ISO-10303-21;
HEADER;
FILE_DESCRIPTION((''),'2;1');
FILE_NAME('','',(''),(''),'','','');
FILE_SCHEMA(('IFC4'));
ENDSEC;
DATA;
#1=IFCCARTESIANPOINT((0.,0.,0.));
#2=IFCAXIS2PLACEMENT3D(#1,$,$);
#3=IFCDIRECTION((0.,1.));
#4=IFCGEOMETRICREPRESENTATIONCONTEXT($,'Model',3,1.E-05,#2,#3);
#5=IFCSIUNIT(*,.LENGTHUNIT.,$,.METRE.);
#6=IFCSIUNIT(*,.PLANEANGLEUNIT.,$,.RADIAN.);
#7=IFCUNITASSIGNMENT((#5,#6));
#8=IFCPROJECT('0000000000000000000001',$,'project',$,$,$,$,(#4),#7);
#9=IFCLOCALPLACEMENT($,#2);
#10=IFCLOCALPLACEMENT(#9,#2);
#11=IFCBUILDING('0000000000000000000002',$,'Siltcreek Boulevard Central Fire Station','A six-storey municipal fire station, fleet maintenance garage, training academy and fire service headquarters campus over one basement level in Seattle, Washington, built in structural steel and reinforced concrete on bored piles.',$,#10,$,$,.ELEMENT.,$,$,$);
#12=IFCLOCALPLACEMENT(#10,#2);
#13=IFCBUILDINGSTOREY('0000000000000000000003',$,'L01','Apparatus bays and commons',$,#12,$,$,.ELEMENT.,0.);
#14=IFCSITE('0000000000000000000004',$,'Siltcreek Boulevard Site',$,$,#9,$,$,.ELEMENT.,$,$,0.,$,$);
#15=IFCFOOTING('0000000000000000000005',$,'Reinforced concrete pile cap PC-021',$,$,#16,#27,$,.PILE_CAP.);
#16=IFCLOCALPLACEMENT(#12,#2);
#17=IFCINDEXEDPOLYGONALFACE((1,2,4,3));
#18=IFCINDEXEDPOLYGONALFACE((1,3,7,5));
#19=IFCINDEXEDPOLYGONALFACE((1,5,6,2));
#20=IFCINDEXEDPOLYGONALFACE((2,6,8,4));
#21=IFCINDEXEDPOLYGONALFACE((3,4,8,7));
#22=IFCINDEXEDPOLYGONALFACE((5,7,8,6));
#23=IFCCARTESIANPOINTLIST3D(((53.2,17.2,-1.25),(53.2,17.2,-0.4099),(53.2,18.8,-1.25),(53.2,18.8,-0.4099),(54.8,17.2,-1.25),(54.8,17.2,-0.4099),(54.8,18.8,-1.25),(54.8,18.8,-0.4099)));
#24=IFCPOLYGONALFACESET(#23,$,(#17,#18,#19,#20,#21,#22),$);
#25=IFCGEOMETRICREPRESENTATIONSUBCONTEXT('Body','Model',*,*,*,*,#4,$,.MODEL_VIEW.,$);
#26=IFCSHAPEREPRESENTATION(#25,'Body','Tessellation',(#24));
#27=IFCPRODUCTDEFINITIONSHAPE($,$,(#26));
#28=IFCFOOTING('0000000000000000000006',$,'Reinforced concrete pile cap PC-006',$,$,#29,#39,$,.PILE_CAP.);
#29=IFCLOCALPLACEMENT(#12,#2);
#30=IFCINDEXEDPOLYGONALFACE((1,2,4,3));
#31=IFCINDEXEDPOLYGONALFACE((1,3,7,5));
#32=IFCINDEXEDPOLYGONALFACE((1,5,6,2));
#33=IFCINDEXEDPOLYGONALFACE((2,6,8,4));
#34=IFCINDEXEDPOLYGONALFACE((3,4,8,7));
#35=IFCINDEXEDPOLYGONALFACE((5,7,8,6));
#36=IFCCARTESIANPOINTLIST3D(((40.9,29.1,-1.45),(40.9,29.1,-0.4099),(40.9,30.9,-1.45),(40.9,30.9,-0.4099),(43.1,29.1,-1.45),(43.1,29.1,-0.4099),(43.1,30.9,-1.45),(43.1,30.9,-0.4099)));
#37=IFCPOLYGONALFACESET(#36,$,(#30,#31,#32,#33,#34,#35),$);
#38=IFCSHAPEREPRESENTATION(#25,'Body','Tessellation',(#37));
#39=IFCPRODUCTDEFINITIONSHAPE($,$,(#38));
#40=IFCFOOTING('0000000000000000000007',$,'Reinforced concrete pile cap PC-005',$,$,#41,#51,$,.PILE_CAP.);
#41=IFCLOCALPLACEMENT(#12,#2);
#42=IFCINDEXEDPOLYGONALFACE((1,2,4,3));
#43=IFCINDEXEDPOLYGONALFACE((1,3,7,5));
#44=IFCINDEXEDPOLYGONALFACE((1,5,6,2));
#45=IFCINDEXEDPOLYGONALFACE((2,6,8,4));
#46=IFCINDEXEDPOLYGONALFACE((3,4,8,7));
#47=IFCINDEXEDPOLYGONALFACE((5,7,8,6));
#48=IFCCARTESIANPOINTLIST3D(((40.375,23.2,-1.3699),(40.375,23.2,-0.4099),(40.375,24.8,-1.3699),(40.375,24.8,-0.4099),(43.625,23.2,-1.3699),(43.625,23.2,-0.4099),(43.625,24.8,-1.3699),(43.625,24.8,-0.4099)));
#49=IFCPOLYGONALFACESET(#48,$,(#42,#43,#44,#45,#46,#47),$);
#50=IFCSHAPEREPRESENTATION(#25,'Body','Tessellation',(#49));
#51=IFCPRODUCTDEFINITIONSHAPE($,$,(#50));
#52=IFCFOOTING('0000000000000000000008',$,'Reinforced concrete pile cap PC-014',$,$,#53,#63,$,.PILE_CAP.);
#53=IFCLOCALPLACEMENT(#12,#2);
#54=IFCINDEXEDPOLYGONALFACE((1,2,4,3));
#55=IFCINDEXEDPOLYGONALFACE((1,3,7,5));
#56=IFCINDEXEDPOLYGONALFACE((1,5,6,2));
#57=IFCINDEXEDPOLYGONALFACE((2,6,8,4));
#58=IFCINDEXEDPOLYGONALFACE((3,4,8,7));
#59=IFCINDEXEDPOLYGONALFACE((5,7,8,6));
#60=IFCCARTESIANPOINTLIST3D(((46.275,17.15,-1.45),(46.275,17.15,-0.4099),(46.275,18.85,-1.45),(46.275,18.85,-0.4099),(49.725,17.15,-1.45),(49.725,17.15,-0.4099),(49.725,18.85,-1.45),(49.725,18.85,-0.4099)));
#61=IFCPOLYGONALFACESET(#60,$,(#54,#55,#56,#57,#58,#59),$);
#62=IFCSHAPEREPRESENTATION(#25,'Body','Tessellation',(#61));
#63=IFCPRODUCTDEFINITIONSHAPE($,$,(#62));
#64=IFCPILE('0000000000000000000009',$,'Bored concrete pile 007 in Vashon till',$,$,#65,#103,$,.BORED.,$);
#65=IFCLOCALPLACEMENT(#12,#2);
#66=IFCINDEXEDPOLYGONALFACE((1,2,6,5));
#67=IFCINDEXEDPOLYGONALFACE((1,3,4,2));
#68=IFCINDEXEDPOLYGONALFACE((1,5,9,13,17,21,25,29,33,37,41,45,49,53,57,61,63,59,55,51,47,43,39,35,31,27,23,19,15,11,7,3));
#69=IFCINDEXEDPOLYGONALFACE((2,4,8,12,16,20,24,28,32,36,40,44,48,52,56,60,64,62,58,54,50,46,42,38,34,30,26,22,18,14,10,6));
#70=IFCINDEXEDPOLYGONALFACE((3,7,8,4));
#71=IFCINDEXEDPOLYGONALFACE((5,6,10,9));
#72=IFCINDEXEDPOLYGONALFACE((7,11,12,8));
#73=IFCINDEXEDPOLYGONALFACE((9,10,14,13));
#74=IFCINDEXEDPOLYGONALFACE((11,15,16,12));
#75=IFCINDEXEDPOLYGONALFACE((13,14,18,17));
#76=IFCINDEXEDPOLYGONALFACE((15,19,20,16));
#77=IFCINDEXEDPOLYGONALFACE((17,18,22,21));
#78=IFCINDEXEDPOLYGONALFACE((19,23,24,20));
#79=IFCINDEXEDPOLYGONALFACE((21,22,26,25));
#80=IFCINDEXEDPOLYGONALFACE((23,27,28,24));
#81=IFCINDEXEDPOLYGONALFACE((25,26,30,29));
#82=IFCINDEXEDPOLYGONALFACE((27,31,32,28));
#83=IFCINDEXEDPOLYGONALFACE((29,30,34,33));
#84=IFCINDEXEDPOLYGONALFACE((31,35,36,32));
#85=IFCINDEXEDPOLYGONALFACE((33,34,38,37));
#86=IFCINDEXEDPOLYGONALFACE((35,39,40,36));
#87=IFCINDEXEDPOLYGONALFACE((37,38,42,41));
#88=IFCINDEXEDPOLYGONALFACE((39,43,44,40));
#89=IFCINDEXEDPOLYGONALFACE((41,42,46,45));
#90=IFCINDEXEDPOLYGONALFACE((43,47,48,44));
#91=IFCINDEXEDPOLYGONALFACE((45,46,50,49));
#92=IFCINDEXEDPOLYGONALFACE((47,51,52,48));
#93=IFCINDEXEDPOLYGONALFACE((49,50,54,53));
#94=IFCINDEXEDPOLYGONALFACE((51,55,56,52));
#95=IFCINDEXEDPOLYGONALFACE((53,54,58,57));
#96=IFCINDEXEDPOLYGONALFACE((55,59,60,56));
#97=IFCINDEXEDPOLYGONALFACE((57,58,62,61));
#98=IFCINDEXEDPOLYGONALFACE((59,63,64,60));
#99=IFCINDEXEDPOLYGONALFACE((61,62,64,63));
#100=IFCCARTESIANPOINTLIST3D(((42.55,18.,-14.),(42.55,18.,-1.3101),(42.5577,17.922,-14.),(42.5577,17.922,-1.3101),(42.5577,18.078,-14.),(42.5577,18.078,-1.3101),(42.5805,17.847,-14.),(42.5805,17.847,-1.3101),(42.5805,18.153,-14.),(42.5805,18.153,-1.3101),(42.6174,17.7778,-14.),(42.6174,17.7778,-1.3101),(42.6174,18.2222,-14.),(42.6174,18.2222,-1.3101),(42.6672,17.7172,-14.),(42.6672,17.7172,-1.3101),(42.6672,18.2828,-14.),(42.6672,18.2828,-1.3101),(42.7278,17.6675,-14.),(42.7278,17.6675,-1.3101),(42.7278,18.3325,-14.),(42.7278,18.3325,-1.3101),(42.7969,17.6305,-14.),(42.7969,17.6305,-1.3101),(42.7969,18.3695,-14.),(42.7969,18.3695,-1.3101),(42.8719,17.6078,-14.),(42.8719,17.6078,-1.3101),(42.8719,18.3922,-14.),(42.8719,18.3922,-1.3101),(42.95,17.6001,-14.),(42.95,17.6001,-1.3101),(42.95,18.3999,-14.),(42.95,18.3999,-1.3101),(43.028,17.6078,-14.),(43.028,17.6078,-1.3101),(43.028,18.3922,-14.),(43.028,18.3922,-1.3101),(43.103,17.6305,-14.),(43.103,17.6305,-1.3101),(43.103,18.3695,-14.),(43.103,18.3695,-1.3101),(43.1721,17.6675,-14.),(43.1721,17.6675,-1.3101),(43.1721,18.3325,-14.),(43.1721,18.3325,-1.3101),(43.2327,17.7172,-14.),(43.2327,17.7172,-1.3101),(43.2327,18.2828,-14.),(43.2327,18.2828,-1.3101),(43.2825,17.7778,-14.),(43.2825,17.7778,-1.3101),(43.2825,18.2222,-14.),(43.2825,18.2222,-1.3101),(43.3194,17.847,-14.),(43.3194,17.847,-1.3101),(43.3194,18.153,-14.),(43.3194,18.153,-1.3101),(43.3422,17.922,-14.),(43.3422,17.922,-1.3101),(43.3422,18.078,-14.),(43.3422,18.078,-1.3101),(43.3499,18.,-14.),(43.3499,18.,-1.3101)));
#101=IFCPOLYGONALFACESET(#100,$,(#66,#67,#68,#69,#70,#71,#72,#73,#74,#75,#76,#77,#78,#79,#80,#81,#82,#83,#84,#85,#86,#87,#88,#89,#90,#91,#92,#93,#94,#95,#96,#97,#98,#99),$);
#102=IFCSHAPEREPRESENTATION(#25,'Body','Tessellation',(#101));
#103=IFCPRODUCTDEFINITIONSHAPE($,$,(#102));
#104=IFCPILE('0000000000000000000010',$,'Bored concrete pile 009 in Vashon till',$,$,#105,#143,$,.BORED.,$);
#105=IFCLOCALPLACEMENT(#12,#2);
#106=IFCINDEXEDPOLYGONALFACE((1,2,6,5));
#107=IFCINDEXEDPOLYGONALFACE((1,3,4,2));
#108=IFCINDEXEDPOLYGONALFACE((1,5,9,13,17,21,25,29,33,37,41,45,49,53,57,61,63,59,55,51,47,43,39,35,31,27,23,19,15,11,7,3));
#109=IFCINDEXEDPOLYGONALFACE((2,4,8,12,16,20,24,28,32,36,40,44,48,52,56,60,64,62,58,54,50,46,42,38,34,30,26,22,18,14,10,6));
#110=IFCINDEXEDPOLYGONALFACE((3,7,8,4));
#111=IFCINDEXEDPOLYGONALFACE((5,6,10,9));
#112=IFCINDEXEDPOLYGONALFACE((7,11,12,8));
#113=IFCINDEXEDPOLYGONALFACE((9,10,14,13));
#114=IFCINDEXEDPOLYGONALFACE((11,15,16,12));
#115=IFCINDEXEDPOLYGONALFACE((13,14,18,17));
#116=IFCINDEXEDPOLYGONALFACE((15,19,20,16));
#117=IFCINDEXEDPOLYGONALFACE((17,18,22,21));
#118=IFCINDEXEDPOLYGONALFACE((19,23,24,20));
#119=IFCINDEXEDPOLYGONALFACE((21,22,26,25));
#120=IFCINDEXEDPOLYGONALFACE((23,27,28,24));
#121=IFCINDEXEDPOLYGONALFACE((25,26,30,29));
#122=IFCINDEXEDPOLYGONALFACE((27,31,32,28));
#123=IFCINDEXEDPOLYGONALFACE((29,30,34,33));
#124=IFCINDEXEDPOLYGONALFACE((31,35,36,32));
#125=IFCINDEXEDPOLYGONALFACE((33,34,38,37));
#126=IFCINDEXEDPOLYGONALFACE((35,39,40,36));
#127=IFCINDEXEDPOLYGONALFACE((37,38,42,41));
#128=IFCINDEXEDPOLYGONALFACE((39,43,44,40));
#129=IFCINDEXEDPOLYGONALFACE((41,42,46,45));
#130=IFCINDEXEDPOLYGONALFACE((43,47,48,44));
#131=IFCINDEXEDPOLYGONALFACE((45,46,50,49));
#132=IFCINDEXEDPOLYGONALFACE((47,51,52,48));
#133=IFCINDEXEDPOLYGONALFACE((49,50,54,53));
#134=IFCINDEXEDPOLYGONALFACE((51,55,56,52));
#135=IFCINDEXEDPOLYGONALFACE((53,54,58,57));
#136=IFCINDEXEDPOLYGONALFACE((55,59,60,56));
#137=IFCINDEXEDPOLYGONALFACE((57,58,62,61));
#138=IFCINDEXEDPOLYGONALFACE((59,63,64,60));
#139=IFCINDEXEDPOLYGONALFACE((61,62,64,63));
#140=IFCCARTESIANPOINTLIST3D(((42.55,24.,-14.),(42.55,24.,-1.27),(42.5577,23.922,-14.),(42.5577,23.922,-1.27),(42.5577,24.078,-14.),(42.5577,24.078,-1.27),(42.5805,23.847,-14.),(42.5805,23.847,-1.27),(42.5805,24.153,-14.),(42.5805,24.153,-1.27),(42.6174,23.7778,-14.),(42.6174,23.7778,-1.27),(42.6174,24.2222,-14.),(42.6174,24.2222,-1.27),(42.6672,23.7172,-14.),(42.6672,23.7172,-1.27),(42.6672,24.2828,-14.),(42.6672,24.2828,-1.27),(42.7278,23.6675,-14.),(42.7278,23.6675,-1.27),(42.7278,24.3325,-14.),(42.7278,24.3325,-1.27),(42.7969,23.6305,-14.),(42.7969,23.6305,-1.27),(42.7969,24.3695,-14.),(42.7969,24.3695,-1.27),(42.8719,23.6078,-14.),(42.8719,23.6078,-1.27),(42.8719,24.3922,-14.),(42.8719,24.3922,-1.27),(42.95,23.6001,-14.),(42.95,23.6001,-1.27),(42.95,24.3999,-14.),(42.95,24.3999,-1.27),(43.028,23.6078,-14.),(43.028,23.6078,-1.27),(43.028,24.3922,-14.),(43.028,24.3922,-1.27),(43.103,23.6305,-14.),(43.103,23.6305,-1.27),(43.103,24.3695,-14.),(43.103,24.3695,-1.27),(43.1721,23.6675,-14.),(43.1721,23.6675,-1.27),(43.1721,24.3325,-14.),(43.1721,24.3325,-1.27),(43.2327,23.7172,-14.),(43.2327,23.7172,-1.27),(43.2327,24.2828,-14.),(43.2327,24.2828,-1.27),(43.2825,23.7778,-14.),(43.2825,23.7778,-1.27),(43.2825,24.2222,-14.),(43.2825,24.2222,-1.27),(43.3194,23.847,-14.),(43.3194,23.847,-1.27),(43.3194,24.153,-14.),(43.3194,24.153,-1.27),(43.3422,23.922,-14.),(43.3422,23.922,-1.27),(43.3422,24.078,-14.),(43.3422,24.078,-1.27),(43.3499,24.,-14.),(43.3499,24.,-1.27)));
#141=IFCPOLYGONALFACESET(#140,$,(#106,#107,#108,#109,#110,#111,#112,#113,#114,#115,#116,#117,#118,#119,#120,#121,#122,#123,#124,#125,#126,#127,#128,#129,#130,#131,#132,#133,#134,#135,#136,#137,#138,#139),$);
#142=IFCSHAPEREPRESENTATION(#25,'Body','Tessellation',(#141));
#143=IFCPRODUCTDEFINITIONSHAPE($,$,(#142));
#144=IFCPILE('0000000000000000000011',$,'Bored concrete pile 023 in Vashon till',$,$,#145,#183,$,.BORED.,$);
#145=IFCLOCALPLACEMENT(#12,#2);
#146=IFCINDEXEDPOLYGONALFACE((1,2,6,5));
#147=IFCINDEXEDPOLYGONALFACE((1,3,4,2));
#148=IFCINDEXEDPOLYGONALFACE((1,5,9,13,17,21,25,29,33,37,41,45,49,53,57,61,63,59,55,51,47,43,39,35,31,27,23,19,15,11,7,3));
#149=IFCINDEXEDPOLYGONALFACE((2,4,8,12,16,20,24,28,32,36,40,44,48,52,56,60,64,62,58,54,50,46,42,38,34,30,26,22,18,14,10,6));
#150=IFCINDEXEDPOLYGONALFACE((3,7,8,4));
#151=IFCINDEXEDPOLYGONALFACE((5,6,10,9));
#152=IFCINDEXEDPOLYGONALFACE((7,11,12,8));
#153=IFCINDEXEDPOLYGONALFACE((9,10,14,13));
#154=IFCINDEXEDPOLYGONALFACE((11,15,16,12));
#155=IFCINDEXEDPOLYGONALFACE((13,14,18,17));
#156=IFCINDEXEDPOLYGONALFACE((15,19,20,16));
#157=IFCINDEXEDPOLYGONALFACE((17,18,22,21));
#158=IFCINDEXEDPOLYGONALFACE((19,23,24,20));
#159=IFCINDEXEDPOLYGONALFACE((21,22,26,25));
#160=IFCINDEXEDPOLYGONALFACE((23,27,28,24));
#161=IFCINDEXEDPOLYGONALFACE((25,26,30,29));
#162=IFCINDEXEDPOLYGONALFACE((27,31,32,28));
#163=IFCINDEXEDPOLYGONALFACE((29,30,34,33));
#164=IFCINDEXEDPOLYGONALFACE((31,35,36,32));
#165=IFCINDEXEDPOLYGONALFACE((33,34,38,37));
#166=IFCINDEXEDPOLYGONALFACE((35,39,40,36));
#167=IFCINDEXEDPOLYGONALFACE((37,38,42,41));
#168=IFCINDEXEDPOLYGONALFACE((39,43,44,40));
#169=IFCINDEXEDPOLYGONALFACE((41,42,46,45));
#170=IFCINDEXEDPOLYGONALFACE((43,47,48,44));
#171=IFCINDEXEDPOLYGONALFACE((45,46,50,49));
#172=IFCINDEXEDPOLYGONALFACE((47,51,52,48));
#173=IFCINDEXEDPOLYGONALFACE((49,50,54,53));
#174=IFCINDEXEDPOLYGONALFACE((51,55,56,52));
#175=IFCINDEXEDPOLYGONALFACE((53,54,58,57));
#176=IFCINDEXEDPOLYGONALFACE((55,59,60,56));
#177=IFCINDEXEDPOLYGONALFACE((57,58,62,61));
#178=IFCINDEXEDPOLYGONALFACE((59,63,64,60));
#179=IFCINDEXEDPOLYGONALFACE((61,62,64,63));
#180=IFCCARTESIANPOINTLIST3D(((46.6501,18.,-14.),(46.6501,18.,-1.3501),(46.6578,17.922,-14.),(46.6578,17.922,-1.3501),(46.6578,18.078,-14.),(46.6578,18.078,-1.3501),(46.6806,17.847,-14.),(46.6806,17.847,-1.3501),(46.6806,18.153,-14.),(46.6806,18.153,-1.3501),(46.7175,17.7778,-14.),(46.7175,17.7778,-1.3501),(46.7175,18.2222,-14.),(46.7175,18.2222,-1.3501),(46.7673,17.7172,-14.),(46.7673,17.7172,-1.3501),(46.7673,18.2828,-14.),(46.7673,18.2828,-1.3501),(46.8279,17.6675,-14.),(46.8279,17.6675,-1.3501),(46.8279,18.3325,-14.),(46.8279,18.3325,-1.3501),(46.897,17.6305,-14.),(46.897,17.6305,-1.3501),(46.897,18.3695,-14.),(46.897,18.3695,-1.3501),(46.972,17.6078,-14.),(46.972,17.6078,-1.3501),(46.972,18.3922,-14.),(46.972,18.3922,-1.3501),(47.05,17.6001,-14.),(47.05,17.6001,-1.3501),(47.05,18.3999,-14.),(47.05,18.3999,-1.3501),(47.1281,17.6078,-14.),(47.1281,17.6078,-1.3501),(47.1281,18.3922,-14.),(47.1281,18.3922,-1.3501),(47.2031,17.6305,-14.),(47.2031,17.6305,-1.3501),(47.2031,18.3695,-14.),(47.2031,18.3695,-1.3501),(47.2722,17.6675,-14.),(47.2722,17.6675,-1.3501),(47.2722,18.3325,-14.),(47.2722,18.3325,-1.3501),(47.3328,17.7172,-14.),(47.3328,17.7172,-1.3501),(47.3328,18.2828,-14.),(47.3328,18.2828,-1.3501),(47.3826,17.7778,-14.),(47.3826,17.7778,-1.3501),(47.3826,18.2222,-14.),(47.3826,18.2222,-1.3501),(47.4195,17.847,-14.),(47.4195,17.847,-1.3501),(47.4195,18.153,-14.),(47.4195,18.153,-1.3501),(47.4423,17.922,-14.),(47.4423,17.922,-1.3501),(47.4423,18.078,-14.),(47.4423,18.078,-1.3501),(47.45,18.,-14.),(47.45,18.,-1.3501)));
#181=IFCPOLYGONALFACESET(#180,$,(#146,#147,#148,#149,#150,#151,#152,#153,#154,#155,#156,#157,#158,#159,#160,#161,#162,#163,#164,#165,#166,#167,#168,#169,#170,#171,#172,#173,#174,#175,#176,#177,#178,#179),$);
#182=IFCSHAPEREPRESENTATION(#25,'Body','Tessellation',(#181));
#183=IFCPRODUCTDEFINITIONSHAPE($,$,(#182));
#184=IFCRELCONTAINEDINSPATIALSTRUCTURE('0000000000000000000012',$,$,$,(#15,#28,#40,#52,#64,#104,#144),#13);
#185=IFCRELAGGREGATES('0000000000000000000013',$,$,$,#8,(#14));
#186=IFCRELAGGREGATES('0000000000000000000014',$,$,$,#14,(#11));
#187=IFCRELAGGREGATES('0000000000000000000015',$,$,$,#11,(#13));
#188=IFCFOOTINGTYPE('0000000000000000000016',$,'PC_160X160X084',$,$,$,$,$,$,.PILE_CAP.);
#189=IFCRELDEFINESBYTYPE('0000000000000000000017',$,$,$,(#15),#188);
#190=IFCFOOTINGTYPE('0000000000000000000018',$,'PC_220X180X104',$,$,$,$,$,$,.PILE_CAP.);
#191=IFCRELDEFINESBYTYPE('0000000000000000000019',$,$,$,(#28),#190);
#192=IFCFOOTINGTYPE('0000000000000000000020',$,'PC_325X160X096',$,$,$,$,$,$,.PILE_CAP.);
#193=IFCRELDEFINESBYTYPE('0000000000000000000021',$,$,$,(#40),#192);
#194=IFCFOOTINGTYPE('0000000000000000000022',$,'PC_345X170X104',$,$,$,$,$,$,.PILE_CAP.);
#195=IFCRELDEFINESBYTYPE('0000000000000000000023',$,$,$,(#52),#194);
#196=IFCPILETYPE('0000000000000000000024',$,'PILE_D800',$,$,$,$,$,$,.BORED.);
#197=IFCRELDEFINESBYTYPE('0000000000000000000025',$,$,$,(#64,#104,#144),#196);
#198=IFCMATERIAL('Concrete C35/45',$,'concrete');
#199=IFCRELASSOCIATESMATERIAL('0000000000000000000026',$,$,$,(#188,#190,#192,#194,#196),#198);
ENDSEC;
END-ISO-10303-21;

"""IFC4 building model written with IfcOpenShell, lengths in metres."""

from ifc_helpers import new_model, si_unit, direction, frame, origin, origin_2d, place, context, subcontext, project, spatial, rectangle, circle, extrude, material, material_profile, profile_set, type_object, element, save


model = new_model("IFC4")

# Units and contexts
model_context = context("Model", 3, precision=1e-05, world=origin(), true_north=direction((0.0, 1.0)))
body_context = subcontext(model_context, "Body", "Model", "MODEL_VIEW")
ifc_project = project(units=[si_unit("LENGTHUNIT", "METRE"), si_unit("PLANEANGLEUNIT", "RADIAN")], contexts=[model_context])

# Site, building, storey
site_placement = place(None, origin())
site = spatial("IfcSite", under=ifc_project, at=site_placement, Name="Siltcreek Boulevard Site", CompositionType="ELEMENT", RefElevation=0.0)
building_placement = place(site_placement, origin())
building = spatial("IfcBuilding", under=site, at=building_placement, Name="Siltcreek Boulevard Central Fire Station", Description="A six-storey municipal fire station, fleet maintenance garage, training academy and fire service headquarters campus over one basement level in Seattle, Washington, built in structural steel and reinforced concrete on bored piles.", CompositionType="ELEMENT")
storey_placement = place(building_placement, origin())
storey = spatial("IfcBuildingStorey", under=building, at=storey_placement, Name="L01", Description="Apparatus bays and commons", CompositionType="ELEMENT", Elevation=0.0)

# Footings
ifc_material_1 = material(Name="Concrete C35/45", Category="concrete")
footing_type_1 = type_object("IfcFootingType", Name="PC_160X160X084", PredefinedType="PILE_CAP", material=ifc_material_1)
footing_1_placement = place(storey_placement, frame((54.0, 18.0, -1.25), z_axis=(0.0, 0.0, 1.0), x_axis=(1.0, 0.0, 0.0)))
element("IfcFooting", 1, at=footing_1_placement, inside=storey, type_object=footing_type_1, Name="Reinforced concrete pile cap PC-021", PredefinedType="PILE_CAP", context=body_context, shape_type="SweptSolid", body=[
    extrude(rectangle(XDim=1.6001, YDim=1.6001, at=origin_2d()), origin(), (0.0, 0.0, 1.0), 0.8401),
])
footing_type_2 = type_object("IfcFootingType", Name="PC_220X180X104", PredefinedType="PILE_CAP", material=ifc_material_1)
footing_2_placement = place(storey_placement, frame((42.0, 30.0, -1.45), z_axis=(0.0, 0.0, 1.0), x_axis=(1.0, 0.0, 0.0)))
element("IfcFooting", 2, at=footing_2_placement, inside=storey, type_object=footing_type_2, Name="Reinforced concrete pile cap PC-006", PredefinedType="PILE_CAP", context=body_context, shape_type="SweptSolid", body=[
    extrude(rectangle(XDim=2.2, YDim=1.8, at=origin_2d()), origin(), (0.0, 0.0, 1.0), 1.04),
])
footing_type_3 = type_object("IfcFootingType", Name="PC_325X160X096", PredefinedType="PILE_CAP", material=ifc_material_1)
footing_3_placement = place(storey_placement, frame((42.0, 24.0, -1.3699), z_axis=(0.0, 0.0, 1.0), x_axis=(1.0, 0.0, 0.0)))
element("IfcFooting", 3, at=footing_3_placement, inside=storey, type_object=footing_type_3, Name="Reinforced concrete pile cap PC-005", PredefinedType="PILE_CAP", context=body_context, shape_type="SweptSolid", body=[
    extrude(rectangle(XDim=3.25, YDim=1.6001, at=origin_2d()), origin(), (0.0, 0.0, 1.0), 0.96),
])
footing_type_4 = type_object("IfcFootingType", Name="PC_345X170X104", PredefinedType="PILE_CAP", material=ifc_material_1)
footing_4_placement = place(storey_placement, frame((48.0, 18.0, -1.45), z_axis=(0.0, 0.0, 1.0), x_axis=(1.0, 0.0, 0.0)))
element("IfcFooting", 4, at=footing_4_placement, inside=storey, type_object=footing_type_4, Name="Reinforced concrete pile cap PC-014", PredefinedType="PILE_CAP", context=body_context, shape_type="SweptSolid", body=[
    extrude(rectangle(XDim=3.45, YDim=1.7, at=origin_2d()), origin(), (0.0, 0.0, 1.0), 1.04),
])

# Piles
ifc_material_profile_1 = material_profile(ifc_material_1, circle(Radius=0.3999, at=origin_2d()), Name="SHAFT800")
ifc_profile_set_1 = profile_set([ifc_material_profile_1], Name="Concrete C35/45")
pile_type_1 = type_object("IfcPileType", Name="PILE_D800", PredefinedType="BORED", material=ifc_profile_set_1)
pile_1_placement = place(storey_placement, frame((42.95, 18.0, -1.3101), z_axis=(0.0, 0.0, -1.0), x_axis=(1.0, 0.0, 0.0)))
element("IfcPile", 5, at=pile_1_placement, inside=storey, type_object=pile_type_1, Name="Bored concrete pile 007 in Vashon till", PredefinedType="BORED", context=body_context, shape_type="SweptSolid", body=[
    extrude(circle(Radius=0.3999, at=origin_2d()), origin(), (0.0, 0.0, 1.0), 12.6899),
])
pile_2_placement = place(storey_placement, frame((42.95, 24.0, -1.27), z_axis=(0.0, 0.0, -1.0), x_axis=(1.0, 0.0, 0.0)))
element("IfcPile", 6, at=pile_2_placement, inside=storey, type_object=pile_type_1, Name="Bored concrete pile 009 in Vashon till", PredefinedType="BORED", context=body_context, shape_type="SweptSolid", body=[
    extrude(circle(Radius=0.3999, at=origin_2d()), origin(), (0.0, 0.0, 1.0), 12.73),
])
for number, where, z_axis, x_axis, name in (
    (7, (47.05, 18.0, -1.3501), (0.0, 0.0, -1.0), (1.0, 0.0, 0.0), "Bored concrete pile 023 in Vashon till"),
):
    element("IfcPile", number, at=place(storey_placement, frame(where, z_axis=z_axis, x_axis=x_axis)), inside=storey, type_object=pile_type_1, Name=name, PredefinedType="BORED", context=body_context, shape_type="SweptSolid", body=[
        extrude(circle(Radius=0.3999, at=origin_2d()), origin(), (0.0, 0.0, 1.0), 12.6499),
    ])

save(model, "model.ifc")
